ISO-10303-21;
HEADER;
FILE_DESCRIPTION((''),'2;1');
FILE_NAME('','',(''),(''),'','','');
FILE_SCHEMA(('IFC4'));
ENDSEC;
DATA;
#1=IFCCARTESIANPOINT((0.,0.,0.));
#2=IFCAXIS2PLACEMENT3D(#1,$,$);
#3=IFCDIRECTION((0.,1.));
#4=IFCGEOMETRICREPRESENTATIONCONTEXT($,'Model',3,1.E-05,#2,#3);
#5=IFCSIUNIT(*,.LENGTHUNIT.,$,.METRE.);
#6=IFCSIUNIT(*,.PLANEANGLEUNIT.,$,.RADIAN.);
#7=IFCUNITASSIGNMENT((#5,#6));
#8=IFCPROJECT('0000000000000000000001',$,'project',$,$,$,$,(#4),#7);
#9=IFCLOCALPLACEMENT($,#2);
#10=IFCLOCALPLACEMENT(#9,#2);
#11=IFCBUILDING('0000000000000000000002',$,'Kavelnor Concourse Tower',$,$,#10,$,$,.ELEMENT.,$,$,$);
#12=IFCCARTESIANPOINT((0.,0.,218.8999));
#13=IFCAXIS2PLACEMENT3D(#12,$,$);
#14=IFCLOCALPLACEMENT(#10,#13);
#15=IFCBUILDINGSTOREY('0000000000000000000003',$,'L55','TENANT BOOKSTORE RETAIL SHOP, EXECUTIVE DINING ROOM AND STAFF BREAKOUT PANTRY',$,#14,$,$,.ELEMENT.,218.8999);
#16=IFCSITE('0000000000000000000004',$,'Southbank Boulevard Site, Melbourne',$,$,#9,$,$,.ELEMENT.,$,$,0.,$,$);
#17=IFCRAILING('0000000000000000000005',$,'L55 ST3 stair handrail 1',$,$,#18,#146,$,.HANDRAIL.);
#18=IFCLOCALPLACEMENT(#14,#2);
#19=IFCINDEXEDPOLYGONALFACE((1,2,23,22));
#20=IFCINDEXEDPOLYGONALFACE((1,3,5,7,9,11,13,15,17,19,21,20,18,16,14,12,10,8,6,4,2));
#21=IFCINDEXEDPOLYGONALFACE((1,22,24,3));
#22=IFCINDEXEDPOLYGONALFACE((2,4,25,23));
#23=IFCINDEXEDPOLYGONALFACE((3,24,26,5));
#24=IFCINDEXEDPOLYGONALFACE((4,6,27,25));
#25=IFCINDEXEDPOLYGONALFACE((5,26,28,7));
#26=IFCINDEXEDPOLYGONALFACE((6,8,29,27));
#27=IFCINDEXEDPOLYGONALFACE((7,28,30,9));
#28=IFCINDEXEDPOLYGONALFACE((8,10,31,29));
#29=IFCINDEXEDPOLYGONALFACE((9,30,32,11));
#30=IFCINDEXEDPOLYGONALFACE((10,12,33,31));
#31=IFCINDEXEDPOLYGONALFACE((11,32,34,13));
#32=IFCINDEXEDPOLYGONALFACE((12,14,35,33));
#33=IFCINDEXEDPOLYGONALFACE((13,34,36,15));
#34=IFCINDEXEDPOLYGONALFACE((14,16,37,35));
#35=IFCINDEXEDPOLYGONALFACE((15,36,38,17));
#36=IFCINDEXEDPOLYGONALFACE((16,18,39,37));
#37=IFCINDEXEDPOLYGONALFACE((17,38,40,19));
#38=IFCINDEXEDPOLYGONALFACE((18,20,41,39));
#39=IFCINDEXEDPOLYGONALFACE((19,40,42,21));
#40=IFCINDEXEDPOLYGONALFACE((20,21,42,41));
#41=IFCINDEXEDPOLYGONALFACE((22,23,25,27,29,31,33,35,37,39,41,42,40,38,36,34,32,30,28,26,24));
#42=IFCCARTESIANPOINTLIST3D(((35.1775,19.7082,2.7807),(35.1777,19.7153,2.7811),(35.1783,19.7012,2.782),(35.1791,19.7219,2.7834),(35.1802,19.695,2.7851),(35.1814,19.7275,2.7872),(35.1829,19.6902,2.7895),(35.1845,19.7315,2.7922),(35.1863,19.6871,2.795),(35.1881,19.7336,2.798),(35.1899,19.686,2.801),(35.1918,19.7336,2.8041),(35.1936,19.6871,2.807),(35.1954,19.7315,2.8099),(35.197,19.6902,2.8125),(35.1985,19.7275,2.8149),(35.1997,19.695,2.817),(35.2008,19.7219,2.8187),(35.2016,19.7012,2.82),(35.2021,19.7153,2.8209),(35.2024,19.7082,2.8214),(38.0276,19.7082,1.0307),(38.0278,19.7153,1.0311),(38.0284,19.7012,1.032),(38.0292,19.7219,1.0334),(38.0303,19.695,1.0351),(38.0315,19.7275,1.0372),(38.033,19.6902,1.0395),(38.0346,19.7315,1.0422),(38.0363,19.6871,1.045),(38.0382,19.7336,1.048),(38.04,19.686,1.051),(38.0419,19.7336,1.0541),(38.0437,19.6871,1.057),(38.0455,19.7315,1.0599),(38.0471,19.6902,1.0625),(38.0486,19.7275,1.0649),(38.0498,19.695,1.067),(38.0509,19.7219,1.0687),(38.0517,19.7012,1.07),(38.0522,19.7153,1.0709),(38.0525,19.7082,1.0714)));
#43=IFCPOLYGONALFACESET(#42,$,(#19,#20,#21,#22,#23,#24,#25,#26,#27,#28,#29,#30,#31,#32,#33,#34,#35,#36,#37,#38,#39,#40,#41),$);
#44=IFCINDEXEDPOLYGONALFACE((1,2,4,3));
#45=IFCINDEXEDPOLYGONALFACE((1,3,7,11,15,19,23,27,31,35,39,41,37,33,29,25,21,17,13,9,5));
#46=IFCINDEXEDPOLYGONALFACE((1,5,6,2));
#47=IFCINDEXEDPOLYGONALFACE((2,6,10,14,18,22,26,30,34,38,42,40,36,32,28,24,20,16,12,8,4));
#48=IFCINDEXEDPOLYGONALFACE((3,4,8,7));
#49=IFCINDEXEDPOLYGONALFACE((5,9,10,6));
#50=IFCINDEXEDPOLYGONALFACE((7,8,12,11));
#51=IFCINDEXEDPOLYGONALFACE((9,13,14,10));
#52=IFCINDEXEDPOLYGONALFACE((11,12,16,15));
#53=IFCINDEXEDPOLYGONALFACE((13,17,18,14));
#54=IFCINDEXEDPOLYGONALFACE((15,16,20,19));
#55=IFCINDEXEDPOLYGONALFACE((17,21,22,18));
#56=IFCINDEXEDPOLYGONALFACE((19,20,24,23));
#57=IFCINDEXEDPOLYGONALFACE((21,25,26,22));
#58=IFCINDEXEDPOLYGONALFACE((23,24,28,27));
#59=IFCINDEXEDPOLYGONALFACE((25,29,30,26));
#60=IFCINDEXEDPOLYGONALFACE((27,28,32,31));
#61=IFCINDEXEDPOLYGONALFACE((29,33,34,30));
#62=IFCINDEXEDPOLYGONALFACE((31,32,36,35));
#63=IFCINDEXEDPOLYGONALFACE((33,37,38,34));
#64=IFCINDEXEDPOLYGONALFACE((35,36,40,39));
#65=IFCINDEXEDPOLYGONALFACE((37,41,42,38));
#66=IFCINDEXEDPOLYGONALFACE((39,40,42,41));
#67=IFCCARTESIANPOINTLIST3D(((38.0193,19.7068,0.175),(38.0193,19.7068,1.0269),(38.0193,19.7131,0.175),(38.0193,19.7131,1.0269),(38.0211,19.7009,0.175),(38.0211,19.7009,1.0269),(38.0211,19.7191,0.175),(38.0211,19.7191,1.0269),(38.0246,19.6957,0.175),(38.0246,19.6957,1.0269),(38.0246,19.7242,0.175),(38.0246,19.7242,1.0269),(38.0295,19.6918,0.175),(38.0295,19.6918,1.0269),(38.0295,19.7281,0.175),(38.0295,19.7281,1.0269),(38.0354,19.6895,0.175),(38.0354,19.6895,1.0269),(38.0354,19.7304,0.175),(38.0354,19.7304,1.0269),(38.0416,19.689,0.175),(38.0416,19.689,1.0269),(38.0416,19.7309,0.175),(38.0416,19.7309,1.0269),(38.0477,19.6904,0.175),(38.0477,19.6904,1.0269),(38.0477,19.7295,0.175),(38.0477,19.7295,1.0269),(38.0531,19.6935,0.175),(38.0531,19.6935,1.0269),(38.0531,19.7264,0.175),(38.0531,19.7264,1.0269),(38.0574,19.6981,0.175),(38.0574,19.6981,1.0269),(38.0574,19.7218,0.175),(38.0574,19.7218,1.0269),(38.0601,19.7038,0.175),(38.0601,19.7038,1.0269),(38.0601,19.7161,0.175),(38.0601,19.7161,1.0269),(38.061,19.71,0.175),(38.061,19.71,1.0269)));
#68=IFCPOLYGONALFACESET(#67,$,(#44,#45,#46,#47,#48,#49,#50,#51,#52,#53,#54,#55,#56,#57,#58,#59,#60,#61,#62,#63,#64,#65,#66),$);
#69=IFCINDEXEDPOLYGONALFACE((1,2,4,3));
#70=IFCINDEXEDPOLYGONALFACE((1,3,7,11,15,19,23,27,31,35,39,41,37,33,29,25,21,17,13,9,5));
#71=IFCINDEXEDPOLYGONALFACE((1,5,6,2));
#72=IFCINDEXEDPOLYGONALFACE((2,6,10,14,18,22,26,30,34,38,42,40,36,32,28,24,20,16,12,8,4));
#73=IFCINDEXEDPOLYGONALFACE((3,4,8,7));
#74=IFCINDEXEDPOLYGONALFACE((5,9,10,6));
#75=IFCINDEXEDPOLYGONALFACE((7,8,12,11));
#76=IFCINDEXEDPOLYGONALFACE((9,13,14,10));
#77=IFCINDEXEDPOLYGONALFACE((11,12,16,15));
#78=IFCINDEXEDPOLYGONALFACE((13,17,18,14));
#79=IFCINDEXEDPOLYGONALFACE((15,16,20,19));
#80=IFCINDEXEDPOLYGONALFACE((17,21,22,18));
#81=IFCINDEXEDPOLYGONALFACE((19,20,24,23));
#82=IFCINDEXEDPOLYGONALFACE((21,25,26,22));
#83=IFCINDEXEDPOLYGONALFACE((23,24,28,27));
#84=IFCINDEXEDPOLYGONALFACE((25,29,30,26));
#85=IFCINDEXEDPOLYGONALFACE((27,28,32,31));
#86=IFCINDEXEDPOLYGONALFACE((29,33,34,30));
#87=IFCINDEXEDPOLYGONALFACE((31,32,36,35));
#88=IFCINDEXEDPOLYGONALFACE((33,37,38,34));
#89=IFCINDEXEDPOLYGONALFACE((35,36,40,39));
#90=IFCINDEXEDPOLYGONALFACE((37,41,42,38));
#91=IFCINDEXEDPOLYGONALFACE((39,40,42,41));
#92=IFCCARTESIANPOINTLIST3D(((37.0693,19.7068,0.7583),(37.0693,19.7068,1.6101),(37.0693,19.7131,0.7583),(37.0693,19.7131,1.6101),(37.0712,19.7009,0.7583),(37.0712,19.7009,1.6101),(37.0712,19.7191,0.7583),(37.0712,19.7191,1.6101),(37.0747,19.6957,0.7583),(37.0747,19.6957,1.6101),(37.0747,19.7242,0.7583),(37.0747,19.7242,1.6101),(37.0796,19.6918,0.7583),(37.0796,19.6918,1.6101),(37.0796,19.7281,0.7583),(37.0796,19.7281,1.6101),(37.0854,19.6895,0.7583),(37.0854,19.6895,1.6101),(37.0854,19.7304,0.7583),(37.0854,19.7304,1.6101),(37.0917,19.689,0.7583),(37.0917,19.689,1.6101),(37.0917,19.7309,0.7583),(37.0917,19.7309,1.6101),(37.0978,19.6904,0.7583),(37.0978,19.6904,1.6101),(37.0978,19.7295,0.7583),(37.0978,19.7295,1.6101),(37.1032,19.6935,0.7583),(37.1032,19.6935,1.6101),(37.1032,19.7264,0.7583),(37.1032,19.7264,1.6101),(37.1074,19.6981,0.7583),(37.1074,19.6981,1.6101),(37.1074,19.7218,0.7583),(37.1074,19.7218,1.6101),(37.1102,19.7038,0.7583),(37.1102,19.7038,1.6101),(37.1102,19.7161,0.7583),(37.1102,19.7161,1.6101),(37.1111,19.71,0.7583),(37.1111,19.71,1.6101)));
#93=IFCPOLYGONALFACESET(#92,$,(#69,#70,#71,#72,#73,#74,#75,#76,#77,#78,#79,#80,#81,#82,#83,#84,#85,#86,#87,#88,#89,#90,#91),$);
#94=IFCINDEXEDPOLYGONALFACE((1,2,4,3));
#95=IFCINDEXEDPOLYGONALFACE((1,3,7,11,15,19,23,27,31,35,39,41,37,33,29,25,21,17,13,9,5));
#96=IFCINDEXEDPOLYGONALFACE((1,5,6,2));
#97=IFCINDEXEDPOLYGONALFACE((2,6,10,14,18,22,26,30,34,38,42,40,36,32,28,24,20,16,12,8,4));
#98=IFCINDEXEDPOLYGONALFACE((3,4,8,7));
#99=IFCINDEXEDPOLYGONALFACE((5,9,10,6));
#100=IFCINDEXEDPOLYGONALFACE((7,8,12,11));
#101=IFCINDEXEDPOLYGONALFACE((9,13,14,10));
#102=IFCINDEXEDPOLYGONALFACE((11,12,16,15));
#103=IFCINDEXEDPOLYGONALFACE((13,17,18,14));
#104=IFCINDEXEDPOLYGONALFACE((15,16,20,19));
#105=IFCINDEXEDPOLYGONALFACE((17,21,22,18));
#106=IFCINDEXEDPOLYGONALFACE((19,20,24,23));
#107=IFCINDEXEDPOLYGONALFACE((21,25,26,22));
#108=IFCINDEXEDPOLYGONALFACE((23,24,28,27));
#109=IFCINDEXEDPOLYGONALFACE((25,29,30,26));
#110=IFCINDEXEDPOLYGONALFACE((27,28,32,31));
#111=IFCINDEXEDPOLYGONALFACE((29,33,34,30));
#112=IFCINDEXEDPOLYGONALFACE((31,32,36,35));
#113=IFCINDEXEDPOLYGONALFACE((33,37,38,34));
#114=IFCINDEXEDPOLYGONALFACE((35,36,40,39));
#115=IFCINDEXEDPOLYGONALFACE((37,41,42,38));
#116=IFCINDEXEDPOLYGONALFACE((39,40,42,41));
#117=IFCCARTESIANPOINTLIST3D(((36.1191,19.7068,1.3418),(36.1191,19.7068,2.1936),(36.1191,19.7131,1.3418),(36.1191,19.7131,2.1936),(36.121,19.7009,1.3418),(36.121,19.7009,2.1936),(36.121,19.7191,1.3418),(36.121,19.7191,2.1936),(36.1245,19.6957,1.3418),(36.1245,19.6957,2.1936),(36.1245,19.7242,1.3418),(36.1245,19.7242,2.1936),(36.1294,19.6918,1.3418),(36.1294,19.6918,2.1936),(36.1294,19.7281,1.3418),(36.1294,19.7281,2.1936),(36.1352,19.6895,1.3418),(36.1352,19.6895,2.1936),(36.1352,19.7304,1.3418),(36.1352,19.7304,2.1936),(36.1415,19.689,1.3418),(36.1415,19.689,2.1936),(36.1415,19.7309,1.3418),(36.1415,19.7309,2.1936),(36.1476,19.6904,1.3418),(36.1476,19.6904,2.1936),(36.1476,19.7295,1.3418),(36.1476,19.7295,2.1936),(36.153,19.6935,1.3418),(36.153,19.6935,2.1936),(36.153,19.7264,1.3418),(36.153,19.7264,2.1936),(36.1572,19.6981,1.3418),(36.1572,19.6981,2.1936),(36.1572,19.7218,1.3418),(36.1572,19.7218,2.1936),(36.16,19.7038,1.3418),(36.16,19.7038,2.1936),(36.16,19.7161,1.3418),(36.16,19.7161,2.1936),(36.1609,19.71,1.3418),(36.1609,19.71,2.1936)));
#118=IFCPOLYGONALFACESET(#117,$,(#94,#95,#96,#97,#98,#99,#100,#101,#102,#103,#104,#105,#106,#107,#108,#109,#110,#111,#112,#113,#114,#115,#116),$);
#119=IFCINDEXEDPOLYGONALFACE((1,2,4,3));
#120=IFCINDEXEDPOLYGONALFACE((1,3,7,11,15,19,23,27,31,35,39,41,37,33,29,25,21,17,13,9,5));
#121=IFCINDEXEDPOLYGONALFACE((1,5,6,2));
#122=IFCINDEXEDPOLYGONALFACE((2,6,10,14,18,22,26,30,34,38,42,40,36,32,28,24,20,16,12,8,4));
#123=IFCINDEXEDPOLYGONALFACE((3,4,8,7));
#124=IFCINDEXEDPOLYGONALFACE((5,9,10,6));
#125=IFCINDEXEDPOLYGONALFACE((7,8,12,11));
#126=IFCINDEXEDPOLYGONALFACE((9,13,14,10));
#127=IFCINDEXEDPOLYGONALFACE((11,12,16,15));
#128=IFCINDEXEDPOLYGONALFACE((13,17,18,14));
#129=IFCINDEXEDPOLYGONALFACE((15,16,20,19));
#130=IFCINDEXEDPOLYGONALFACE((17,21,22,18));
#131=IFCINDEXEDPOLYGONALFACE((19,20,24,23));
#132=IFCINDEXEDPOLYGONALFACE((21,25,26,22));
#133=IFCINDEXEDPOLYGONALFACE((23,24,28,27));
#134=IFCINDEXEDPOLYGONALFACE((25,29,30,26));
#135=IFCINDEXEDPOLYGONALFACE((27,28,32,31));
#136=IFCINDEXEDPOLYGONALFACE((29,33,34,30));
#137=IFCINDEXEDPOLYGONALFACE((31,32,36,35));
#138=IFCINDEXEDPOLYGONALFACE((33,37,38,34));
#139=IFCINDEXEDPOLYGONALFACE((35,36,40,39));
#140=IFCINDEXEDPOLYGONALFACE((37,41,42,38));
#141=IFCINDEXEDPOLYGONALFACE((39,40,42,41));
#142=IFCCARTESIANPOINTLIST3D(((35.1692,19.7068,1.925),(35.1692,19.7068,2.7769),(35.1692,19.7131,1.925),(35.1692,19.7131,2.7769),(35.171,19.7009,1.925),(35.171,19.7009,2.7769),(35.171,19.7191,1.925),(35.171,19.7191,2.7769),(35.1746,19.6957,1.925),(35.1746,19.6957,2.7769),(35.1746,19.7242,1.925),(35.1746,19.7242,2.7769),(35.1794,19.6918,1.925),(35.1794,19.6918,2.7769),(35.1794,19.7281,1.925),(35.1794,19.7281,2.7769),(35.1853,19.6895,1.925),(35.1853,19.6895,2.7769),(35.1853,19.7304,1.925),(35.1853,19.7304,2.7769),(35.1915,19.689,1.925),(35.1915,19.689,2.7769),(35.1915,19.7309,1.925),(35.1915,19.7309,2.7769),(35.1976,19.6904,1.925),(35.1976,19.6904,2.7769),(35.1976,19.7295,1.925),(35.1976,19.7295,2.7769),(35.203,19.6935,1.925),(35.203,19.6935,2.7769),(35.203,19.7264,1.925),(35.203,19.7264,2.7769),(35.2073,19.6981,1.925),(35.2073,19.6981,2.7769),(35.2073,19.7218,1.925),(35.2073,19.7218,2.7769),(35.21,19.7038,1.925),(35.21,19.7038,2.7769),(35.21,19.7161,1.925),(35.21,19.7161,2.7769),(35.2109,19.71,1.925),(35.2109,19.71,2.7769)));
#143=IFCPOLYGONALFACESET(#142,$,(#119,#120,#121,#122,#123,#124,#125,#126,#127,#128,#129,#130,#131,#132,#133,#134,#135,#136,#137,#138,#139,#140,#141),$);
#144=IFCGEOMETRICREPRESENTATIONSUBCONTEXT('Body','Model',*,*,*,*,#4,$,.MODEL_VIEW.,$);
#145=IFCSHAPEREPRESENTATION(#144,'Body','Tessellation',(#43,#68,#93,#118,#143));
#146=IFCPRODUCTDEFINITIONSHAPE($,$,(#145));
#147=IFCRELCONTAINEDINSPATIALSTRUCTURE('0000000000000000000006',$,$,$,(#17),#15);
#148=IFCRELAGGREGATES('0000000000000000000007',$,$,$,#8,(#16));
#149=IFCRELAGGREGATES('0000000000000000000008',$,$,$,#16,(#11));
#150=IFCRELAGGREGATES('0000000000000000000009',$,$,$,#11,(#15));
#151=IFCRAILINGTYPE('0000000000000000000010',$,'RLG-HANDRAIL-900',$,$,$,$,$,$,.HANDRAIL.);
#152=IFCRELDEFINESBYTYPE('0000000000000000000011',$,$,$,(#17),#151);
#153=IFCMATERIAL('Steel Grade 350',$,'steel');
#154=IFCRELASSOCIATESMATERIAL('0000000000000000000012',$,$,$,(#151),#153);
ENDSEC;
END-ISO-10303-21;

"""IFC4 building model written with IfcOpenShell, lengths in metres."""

from ifc_helpers import new_model, si_unit, direction, frame, origin, origin_2d, place, context, subcontext, project, spatial, circle, extrude, material, type_object, element, save


model = new_model("IFC4")

# Units and contexts
model_context = context("Model", 3, precision=1e-05, world=origin(), true_north=direction((0.0, 1.0)))
body_context = subcontext(model_context, "Body", "Model", "MODEL_VIEW")
ifc_project = project(units=[si_unit("LENGTHUNIT", "METRE"), si_unit("PLANEANGLEUNIT", "RADIAN")], contexts=[model_context])

# Site, building, storey
site_placement = place(None, origin())
site = spatial("IfcSite", under=ifc_project, at=site_placement, Name="Southbank Boulevard Site, Melbourne", CompositionType="ELEMENT", RefElevation=0.0)
building_placement = place(site_placement, origin())
building = spatial("IfcBuilding", under=site, at=building_placement, Name="Kavelnor Concourse Tower", CompositionType="ELEMENT")
storey_placement = place(building_placement, frame((0.0, 0.0, 218.8999)))
storey = spatial("IfcBuildingStorey", under=building, at=storey_placement, Name="L55", Description="TENANT BOOKSTORE RETAIL SHOP, EXECUTIVE DINING ROOM AND STAFF BREAKOUT PANTRY", CompositionType="ELEMENT", Elevation=218.8999)

# Shared definitions
ifc_material_1 = material(Name="Steel Grade 350", Category="steel")

# Railing
railing_type_1 = type_object("IfcRailingType", Name="RLG-HANDRAIL-900", PredefinedType="HANDRAIL", material=ifc_material_1)
railing_1_placement = place(storey_placement, frame((38.04, 19.71, 0.175)))
element("IfcRailing", 1, at=railing_1_placement, inside=storey, type_object=railing_type_1, Name="L55 ST3 stair handrail 1", PredefinedType="HANDRAIL", context=body_context, shape_type="SweptSolid", body=[
    extrude(circle(Radius=0.0239, at=origin_2d()), frame((0.0, 0.0, 0.876), z_axis=(-0.852179, 0.0, 0.52325), x_axis=(0.0, -1.0, 0.0)), (0.0, 0.0, 1.0), 3.3445),
    extrude(circle(Radius=0.021, at=origin_2d()), origin(), (0.0, 0.0, 1.0), 0.8518),
    extrude(circle(Radius=0.021, at=origin_2d()), frame((-0.95, 0.0, 0.5833)), (0.0, 0.0, 1.0), 0.8518),
    extrude(circle(Radius=0.021, at=origin_2d()), frame((-1.9001, 0.0, 1.1667)), (0.0, 0.0, 1.0), 0.8518),
    extrude(circle(Radius=0.021, at=origin_2d()), frame((-2.8501, 0.0, 1.75)), (0.0, 0.0, 1.0), 0.8518),
])

save(model, "model.ifc")
